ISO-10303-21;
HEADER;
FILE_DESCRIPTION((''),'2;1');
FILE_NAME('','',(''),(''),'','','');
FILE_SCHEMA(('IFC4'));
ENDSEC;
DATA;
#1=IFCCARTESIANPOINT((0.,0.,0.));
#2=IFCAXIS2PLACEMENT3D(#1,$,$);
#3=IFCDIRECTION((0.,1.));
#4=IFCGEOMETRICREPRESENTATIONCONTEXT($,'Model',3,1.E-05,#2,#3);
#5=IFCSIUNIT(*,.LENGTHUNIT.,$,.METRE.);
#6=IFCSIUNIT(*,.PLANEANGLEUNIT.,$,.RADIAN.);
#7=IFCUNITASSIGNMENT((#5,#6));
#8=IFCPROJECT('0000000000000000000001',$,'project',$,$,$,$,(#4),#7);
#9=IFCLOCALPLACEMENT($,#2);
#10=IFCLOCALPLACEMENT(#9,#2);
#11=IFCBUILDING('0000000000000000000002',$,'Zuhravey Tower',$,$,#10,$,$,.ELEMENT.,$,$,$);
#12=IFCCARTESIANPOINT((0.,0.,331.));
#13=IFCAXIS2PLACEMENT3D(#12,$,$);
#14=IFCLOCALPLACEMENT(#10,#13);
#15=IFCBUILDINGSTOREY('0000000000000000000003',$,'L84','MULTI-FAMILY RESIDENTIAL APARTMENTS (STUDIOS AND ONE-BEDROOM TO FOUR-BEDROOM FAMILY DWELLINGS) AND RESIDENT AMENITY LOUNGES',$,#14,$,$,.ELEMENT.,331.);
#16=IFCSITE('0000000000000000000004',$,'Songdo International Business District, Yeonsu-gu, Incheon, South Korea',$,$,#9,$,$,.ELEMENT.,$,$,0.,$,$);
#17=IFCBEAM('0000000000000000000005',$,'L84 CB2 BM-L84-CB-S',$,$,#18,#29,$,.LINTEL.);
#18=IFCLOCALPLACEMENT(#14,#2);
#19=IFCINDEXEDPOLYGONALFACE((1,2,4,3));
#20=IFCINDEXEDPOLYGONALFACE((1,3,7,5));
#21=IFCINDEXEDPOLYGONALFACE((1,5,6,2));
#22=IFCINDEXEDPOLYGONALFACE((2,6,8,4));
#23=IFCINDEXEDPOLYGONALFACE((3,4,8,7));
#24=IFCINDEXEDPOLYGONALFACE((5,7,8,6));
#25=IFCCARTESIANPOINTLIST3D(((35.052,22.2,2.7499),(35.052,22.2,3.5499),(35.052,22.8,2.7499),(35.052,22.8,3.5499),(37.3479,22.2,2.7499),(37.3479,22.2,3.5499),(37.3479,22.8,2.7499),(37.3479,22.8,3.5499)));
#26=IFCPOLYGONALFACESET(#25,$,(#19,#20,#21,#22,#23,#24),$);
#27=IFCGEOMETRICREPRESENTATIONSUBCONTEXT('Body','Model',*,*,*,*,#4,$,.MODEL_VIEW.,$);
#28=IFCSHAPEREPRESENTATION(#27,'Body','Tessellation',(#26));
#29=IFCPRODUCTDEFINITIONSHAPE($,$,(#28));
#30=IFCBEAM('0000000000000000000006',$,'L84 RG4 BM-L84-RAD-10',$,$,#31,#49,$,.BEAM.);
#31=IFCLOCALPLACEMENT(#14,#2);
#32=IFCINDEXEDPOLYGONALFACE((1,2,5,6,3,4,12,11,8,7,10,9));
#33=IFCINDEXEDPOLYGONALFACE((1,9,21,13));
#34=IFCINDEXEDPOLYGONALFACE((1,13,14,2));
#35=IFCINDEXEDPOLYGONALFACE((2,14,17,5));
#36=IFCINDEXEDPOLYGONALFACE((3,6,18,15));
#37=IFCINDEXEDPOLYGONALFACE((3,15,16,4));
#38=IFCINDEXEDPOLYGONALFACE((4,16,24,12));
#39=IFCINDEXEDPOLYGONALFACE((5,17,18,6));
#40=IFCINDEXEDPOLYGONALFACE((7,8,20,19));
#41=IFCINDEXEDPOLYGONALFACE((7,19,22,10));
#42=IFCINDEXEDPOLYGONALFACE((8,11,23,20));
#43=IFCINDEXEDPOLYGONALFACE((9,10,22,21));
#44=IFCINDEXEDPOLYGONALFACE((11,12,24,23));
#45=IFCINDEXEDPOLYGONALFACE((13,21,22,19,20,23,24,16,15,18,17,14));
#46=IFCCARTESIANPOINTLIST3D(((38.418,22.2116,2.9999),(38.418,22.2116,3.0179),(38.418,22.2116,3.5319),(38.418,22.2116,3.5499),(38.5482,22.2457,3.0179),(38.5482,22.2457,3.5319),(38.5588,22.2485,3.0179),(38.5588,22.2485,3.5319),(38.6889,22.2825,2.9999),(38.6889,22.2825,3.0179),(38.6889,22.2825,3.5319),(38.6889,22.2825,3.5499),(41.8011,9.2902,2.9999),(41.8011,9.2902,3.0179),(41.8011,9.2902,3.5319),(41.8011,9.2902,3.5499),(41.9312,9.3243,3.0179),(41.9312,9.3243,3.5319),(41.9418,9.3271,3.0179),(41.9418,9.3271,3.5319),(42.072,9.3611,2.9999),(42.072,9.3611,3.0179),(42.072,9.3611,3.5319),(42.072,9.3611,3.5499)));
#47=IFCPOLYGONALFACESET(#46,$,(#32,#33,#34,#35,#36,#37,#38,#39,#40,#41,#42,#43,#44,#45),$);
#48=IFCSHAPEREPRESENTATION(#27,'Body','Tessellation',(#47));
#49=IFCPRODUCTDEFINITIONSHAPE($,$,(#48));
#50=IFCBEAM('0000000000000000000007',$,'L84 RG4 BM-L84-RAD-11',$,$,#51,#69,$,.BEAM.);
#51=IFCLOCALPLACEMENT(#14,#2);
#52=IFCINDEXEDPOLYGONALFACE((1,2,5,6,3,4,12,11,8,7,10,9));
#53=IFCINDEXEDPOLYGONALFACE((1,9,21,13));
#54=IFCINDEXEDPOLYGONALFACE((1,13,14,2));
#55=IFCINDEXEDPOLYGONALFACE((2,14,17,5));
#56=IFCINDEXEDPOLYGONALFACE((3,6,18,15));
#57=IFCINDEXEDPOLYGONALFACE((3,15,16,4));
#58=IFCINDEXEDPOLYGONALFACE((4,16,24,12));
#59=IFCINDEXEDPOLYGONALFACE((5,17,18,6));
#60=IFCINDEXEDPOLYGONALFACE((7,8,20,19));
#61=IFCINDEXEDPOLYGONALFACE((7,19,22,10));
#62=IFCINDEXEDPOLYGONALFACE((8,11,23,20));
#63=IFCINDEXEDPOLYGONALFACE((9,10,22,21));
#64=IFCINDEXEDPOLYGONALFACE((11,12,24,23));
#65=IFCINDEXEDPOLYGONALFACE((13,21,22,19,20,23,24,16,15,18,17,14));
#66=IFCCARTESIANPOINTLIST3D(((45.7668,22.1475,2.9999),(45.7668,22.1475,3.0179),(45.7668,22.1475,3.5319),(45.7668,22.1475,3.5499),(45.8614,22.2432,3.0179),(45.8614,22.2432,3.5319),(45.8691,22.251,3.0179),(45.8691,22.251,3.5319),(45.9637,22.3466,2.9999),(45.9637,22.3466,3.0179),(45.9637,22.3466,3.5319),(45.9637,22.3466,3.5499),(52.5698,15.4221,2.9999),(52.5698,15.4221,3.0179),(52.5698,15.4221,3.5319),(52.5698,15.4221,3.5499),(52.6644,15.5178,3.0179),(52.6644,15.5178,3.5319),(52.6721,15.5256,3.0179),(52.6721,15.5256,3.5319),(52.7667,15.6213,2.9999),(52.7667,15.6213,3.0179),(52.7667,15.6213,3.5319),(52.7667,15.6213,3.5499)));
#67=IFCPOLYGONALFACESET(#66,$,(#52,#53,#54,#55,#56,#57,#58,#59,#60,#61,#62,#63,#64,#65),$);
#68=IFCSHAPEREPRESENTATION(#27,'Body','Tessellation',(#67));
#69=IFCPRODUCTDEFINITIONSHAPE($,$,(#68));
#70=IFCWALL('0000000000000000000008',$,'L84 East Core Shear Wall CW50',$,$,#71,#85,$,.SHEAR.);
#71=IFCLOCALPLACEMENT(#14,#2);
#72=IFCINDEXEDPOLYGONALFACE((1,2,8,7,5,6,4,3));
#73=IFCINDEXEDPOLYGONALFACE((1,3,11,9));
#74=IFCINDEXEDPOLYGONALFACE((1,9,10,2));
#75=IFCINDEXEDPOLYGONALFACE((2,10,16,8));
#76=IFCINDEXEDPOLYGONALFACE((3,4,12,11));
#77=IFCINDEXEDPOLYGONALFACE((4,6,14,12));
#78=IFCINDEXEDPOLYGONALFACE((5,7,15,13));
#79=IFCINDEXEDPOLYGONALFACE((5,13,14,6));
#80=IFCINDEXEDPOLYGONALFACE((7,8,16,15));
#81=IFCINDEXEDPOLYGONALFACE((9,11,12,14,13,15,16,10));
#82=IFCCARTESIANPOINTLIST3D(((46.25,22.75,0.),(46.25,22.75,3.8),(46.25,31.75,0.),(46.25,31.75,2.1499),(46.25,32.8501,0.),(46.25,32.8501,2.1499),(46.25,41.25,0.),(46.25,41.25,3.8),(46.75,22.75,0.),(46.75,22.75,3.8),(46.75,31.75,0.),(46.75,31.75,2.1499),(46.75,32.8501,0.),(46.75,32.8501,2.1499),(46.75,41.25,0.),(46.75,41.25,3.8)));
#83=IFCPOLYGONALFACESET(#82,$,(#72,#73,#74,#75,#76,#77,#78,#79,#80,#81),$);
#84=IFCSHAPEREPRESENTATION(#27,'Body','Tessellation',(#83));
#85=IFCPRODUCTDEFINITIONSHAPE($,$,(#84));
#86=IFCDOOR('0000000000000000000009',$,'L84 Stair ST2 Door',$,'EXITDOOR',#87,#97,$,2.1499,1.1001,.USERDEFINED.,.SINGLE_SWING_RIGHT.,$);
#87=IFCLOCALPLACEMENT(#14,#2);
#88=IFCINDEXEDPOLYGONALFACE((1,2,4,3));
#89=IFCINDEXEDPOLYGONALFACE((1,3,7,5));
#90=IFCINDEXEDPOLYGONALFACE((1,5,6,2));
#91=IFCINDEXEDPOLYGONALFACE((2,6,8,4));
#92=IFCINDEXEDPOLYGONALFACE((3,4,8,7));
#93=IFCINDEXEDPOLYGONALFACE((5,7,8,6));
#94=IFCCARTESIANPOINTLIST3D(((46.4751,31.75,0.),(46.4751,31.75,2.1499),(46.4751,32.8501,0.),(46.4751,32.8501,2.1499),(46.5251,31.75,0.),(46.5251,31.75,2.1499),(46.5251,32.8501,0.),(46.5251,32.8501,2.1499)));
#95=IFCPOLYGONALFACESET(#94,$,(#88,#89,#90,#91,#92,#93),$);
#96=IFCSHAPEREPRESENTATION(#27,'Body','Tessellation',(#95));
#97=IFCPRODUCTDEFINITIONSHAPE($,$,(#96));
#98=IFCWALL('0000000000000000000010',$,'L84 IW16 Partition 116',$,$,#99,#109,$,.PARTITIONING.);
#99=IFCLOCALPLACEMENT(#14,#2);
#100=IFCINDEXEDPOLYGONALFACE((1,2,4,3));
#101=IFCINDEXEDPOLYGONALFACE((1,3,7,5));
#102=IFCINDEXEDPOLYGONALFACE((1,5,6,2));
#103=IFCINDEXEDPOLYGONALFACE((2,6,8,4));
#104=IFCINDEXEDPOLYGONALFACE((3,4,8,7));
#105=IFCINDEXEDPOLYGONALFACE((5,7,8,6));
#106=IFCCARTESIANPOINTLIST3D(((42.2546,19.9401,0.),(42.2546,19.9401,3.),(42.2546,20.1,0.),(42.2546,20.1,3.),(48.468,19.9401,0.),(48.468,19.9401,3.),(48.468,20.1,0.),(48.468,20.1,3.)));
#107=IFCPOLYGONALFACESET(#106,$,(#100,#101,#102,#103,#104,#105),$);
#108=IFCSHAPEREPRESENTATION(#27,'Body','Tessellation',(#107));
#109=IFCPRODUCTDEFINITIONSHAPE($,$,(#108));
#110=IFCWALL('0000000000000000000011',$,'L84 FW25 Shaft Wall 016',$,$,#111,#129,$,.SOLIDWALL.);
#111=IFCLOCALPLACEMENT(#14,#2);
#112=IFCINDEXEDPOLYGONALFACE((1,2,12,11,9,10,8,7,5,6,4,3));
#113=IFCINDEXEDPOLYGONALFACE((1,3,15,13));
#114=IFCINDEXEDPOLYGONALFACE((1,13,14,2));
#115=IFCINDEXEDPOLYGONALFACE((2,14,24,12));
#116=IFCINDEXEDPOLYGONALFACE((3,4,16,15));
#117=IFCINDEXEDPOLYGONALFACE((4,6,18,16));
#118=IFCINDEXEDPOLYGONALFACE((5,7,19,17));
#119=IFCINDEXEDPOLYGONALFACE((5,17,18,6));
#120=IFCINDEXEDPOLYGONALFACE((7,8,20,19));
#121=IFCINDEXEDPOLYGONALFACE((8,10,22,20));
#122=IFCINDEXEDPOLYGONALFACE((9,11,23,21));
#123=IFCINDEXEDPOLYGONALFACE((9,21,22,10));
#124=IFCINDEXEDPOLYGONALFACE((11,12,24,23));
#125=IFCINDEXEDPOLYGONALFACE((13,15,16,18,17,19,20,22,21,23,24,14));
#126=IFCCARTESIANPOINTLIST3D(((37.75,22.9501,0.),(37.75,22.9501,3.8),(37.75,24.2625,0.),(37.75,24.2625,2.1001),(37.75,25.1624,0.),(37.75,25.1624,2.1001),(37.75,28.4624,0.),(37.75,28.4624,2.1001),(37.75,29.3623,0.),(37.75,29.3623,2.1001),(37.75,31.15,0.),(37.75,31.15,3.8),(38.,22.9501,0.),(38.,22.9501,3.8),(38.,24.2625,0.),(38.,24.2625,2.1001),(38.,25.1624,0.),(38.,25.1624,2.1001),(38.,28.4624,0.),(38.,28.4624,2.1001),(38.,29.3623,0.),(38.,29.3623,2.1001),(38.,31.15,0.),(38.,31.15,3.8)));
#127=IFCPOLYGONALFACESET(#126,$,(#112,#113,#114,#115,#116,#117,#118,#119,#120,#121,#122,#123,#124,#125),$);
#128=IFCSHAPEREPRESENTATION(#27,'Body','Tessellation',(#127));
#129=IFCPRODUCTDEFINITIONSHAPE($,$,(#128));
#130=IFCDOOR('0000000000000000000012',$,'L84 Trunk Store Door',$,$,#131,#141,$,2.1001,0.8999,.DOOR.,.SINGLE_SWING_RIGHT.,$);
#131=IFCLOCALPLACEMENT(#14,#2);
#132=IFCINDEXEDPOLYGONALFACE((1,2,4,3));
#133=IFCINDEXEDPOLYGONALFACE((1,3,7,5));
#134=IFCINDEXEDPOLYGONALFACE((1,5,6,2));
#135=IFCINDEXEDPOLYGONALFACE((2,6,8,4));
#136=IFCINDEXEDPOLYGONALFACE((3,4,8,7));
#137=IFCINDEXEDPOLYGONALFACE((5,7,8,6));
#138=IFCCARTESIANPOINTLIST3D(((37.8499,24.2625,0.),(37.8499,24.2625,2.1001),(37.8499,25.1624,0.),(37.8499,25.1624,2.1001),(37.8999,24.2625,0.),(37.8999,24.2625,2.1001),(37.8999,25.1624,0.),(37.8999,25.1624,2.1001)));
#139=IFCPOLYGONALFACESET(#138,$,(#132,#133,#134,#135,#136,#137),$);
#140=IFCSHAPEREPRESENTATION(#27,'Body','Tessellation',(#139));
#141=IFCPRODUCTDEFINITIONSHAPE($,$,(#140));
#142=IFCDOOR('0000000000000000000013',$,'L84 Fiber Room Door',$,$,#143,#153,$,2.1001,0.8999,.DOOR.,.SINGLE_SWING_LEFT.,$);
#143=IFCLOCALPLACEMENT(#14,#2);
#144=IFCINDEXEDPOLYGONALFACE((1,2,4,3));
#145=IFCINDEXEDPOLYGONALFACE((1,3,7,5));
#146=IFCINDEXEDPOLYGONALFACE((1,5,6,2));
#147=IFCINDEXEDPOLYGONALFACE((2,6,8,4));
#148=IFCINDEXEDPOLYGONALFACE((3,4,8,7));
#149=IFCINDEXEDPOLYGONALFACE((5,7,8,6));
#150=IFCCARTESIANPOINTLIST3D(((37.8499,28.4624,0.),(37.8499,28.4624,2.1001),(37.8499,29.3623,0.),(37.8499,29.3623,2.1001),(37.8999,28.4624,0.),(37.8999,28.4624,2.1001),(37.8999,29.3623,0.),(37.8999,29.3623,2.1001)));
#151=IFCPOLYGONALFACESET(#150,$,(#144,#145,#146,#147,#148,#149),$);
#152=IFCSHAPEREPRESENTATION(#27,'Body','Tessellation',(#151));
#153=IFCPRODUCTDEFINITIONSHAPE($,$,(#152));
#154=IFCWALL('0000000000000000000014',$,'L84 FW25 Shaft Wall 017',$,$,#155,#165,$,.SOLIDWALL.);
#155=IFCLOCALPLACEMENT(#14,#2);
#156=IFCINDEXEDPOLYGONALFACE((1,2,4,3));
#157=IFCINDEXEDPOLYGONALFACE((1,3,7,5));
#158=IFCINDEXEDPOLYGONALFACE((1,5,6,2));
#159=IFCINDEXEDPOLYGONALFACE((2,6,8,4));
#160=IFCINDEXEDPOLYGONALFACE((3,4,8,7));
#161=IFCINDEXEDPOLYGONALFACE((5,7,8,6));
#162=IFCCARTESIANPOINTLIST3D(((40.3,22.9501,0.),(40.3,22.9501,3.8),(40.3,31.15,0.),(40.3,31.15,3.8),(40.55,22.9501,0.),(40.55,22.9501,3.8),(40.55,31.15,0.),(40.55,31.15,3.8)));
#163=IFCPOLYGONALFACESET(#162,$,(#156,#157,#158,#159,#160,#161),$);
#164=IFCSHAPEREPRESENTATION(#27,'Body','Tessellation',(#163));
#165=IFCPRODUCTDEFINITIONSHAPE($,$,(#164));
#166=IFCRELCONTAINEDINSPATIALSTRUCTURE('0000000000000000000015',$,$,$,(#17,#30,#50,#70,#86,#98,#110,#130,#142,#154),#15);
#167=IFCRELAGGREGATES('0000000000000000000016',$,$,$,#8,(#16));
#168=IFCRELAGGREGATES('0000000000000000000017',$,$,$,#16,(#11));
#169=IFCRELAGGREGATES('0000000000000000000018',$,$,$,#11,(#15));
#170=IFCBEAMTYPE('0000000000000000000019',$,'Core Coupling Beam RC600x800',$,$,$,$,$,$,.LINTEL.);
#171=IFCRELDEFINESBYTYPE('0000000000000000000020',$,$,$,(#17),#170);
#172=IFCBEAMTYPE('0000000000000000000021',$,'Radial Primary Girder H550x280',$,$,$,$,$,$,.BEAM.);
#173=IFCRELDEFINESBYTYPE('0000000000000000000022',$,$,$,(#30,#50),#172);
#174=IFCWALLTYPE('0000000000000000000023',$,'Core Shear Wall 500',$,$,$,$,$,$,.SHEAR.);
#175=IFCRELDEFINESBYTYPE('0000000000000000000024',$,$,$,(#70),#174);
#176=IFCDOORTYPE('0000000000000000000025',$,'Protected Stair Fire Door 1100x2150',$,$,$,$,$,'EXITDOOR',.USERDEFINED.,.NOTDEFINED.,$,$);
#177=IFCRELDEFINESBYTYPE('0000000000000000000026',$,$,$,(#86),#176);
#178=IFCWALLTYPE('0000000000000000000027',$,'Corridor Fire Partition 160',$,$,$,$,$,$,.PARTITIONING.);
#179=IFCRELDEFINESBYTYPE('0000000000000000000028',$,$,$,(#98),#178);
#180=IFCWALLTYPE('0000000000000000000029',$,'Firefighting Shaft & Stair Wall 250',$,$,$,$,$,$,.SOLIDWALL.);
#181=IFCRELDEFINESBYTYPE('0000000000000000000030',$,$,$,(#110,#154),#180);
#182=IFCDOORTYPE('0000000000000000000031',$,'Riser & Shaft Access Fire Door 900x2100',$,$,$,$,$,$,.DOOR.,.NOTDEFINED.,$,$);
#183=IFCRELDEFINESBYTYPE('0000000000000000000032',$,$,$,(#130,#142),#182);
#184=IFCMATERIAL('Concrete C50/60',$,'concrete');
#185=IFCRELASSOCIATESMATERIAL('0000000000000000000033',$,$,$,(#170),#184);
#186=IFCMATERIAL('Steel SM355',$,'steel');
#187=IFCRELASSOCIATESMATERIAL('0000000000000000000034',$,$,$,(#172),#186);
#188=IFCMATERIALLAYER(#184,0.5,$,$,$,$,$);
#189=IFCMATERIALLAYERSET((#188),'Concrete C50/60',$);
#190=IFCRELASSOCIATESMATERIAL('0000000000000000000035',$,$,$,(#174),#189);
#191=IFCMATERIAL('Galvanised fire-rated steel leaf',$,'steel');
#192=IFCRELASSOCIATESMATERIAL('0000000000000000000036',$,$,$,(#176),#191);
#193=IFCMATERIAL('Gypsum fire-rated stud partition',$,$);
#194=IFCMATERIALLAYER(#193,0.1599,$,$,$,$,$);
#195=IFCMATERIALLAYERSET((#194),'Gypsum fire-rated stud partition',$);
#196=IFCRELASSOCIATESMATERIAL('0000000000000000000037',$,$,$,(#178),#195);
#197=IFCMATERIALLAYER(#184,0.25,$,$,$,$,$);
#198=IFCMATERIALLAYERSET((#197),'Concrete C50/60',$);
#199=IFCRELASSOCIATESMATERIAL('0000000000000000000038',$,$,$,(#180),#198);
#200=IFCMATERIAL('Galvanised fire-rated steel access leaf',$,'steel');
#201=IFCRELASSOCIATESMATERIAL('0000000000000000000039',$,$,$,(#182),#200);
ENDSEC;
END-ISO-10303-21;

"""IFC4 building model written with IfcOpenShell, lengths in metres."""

from ifc_helpers import new_model, si_unit, direction, frame, frame_2d, origin, origin_2d, place, context, subcontext, project, spatial, rectangle, i_section, extrude, material, layer, layer_set, material_profile, profile_set, type_object, element, fill, save


model = new_model("IFC4")

# Units and contexts
model_context = context("Model", 3, precision=1e-05, world=origin(), true_north=direction((0.0, 1.0)))
body_context = subcontext(model_context, "Body", "Model", "MODEL_VIEW")
ifc_project = project(units=[si_unit("LENGTHUNIT", "METRE"), si_unit("PLANEANGLEUNIT", "RADIAN")], contexts=[model_context])

# Site, building, storey
site_placement = place(None, origin())
site = spatial("IfcSite", under=ifc_project, at=site_placement, Name="Songdo International Business District, Yeonsu-gu, Incheon, South Korea", CompositionType="ELEMENT", RefElevation=0.0)
building_placement = place(site_placement, origin())
building = spatial("IfcBuilding", under=site, at=building_placement, Name="Zuhravey Tower", CompositionType="ELEMENT")
storey_placement = place(building_placement, frame((0.0, 0.0, 331.0)))
storey = spatial("IfcBuildingStorey", under=building, at=storey_placement, Name="L84", Description="MULTI-FAMILY RESIDENTIAL APARTMENTS (STUDIOS AND ONE-BEDROOM TO FOUR-BEDROOM FAMILY DWELLINGS) AND RESIDENT AMENITY LOUNGES", CompositionType="ELEMENT", Elevation=331.0)

# Beams
ifc_material_1 = material(Name="Concrete C50/60", Category="concrete")
ifc_material_profile_1 = material_profile(ifc_material_1, rectangle(XDim=0.6001, YDim=0.8, at=origin_2d()), Name="RC-600x800")
ifc_profile_set_1 = profile_set([ifc_material_profile_1], Name="Concrete C50/60")
beam_type_1 = type_object("IfcBeamType", Name="Core Coupling Beam RC600x800", PredefinedType="LINTEL", material=ifc_profile_set_1)
beam_1_placement = place(storey_placement, frame((35.052, 22.5, 3.1499), z_axis=(1.0, 0.0, 0.0), x_axis=(0.0, 1.0, 0.0)))
element("IfcBeam", 1, at=beam_1_placement, inside=storey, type_object=beam_type_1, Name="L84 CB2 BM-L84-CB-S", PredefinedType="LINTEL", context=body_context, shape_type="SweptSolid", body=[
    extrude(rectangle(XDim=0.6001, YDim=0.8, at=origin_2d()), origin(), (0.0, 0.0, 1.0), 2.2959),
])
ifc_material_2 = material(Name="Steel SM355", Category="steel")
ifc_material_profile_2 = material_profile(ifc_material_2, i_section(OverallWidth=0.28, OverallDepth=0.55, WebThickness=0.011, FlangeThickness=0.0181, at=origin_2d()), Name="H-550x280x11x18")
ifc_profile_set_2 = profile_set([ifc_material_profile_2], Name="Steel SM355")
beam_type_2 = type_object("IfcBeamType", Name="Radial Primary Girder H550x280", PredefinedType="BEAM", material=ifc_profile_set_2)
beam_2_placement = place(storey_placement, frame((38.5535, 22.2471, 3.2749), z_axis=(0.253281, -0.967393, 0.0), x_axis=(0.967393, 0.253281, 0.0)))
element("IfcBeam", 2, at=beam_2_placement, inside=storey, type_object=beam_type_2, Name="L84 RG4 BM-L84-RAD-10", PredefinedType="BEAM", context=body_context, shape_type="SweptSolid", body=[
    extrude(i_section(OverallWidth=0.28, OverallDepth=0.55, WebThickness=0.011, FlangeThickness=0.0181, at=origin_2d()), origin(), (0.0, 0.0, 1.0), 13.3569),
])
beam_3_placement = place(storey_placement, frame((45.8652, 22.2471, 3.2749), z_axis=(0.711153, -0.703037, 0.0), x_axis=(0.703037, 0.711153, 0.0)))
element("IfcBeam", 3, at=beam_3_placement, inside=storey, type_object=beam_type_2, Name="L84 RG4 BM-L84-RAD-11", PredefinedType="BEAM", context=body_context, shape_type="SweptSolid", body=[
    extrude(i_section(OverallWidth=0.28, OverallDepth=0.55, WebThickness=0.011, FlangeThickness=0.0181, at=origin_2d()), origin(), (0.0, 0.0, 1.0), 9.5662),
])

# Wall, opening, door
ifc_layer_1 = layer(ifc_material_1, 0.5)
ifc_layer_set_1 = layer_set([ifc_layer_1], Name="Concrete C50/60")
wall_type_1 = type_object("IfcWallType", Name="Core Shear Wall 500", PredefinedType="SHEAR", material=ifc_layer_set_1)
ifc_material_3 = material(Name="Galvanised fire-rated steel leaf", Category="steel")
wall_1_placement = place(storey_placement, frame((46.5, 22.75, 0.0), z_axis=(0.0, 0.0, 1.0), x_axis=(0.0, 1.0, 0.0)))
wall_1 = element("IfcWall", 4, at=wall_1_placement, inside=storey, type_object=wall_type_1, Name="L84 East Core Shear Wall CW50", PredefinedType="SHEAR", context=body_context, shape_type="SweptSolid", body=[
    extrude(rectangle(XDim=18.5, YDim=0.5, at=frame_2d((9.25, 0.0))), origin(), (0.0, 0.0, 1.0), 3.8),
])
opening_1_placement = place(wall_1_placement, frame((9.0, 0.0, 0.0)))
opening_1 = element("IfcOpeningElement", 5, at=opening_1_placement, cuts=wall_1, PredefinedType="OPENING", context=body_context, shape_type="SweptSolid", body=[
    extrude(rectangle(XDim=1.1001, YDim=2.1499, at=frame_2d((0.55, 1.075))), frame((0.0, 0.262, 0.0), z_axis=(0.0, -1.0, 0.0), x_axis=(1.0, 0.0, 0.0)), (0.0, 0.0, 1.0), 0.5239),
])
door_type_1 = type_object("IfcDoorType", Name="Protected Stair Fire Door 1100x2150", ElementType="EXITDOOR", OperationType="NOTDEFINED", PredefinedType="USERDEFINED", material=ifc_material_3)
door_1_placement = place(opening_1_placement, origin())
door_1 = element("IfcDoor", 6, at=door_1_placement, inside=storey, type_object=door_type_1, Name="L84 Stair ST2 Door", ObjectType="EXITDOOR", OperationType="SINGLE_SWING_RIGHT", OverallHeight=2.1499, OverallWidth=1.1001, PredefinedType="USERDEFINED", context=body_context, shape_type="SweptSolid", body=[
    extrude(rectangle(XDim=1.1001, YDim=2.1499, at=frame_2d((0.55, 1.075))), frame((0.0, 0.0249, 0.0), z_axis=(0.0, -1.0, 0.0), x_axis=(1.0, 0.0, 0.0)), (0.0, 0.0, 1.0), 0.05),
])
fill(opening_1, door_1)
ifc_material_4 = material(Name="Gypsum fire-rated stud partition")
ifc_layer_2 = layer(ifc_material_4, 0.1599)
ifc_layer_set_2 = layer_set([ifc_layer_2], Name="Gypsum fire-rated stud partition")
wall_type_2 = type_object("IfcWallType", Name="Corridor Fire Partition 160", PredefinedType="PARTITIONING", material=ifc_layer_set_2)

# Wall
wall_2_placement = place(storey_placement, frame((42.2546, 20.02, 0.0), z_axis=(0.0, 0.0, 1.0), x_axis=(1.0, 0.0, 0.0)))
element("IfcWall", 7, at=wall_2_placement, inside=storey, type_object=wall_type_2, Name="L84 IW16 Partition 116", PredefinedType="PARTITIONING", context=body_context, shape_type="SweptSolid", body=[
    extrude(rectangle(XDim=6.2134, YDim=0.1599, at=frame_2d((3.1067, 0.0))), origin(), (0.0, 0.0, 1.0), 3.0),
])

# Shared definitions
ifc_layer_3 = layer(ifc_material_1, 0.25)
ifc_layer_set_3 = layer_set([ifc_layer_3], Name="Concrete C50/60")
wall_type_3 = type_object("IfcWallType", Name="Firefighting Shaft & Stair Wall 250", PredefinedType="SOLIDWALL", material=ifc_layer_set_3)

# Wall, openings, doors
wall_3_placement = place(storey_placement, frame((37.875, 22.95, 0.0), z_axis=(0.0, 0.0, 1.0), x_axis=(0.0, 1.0, 0.0)))
wall_3 = element("IfcWall", 8, at=wall_3_placement, inside=storey, type_object=wall_type_3, Name="L84 FW25 Shaft Wall 016", PredefinedType="SOLIDWALL", context=body_context, shape_type="SweptSolid", body=[
    extrude(rectangle(XDim=8.2, YDim=0.25, at=frame_2d((4.1001, 0.0))), origin(), (0.0, 0.0, 1.0), 3.8),
])
opening_2_placement = place(wall_3_placement, frame((1.3125, 0.0, 0.0)))
opening_2 = element("IfcOpeningElement", 9, at=opening_2_placement, cuts=wall_3, PredefinedType="OPENING", context=body_context, shape_type="SweptSolid", body=[
    extrude(rectangle(XDim=0.8999, YDim=2.1001, at=frame_2d((0.45, 1.05))), frame((0.0, 0.137, 0.0), z_axis=(0.0, -1.0, 0.0), x_axis=(1.0, 0.0, 0.0)), (0.0, 0.0, 1.0), 0.2739),
])
opening_3_placement = place(wall_3_placement, frame((5.5125, 0.0, 0.0)))
opening_3 = element("IfcOpeningElement", 10, at=opening_3_placement, cuts=wall_3, PredefinedType="OPENING", context=body_context, shape_type="SweptSolid", body=[
    extrude(rectangle(XDim=0.8999, YDim=2.1001, at=frame_2d((0.45, 1.05))), frame((0.0, 0.137, 0.0), z_axis=(0.0, -1.0, 0.0), x_axis=(1.0, 0.0, 0.0)), (0.0, 0.0, 1.0), 0.2739),
])
ifc_material_5 = material(Name="Galvanised fire-rated steel access leaf", Category="steel")
door_type_2 = type_object("IfcDoorType", Name="Riser & Shaft Access Fire Door 900x2100", OperationType="NOTDEFINED", PredefinedType="DOOR", material=ifc_material_5)
door_2_placement = place(opening_2_placement, frame((0.8999, 0.0, 0.0), z_axis=(0.0, 0.0, 1.0), x_axis=(-1.0, 0.0, 0.0)))
door_2 = element("IfcDoor", 11, at=door_2_placement, inside=storey, type_object=door_type_2, Name="L84 Trunk Store Door", OperationType="SINGLE_SWING_RIGHT", OverallHeight=2.1001, OverallWidth=0.8999, PredefinedType="DOOR", context=body_context, shape_type="SweptSolid", body=[
    extrude(rectangle(XDim=0.8999, YDim=2.1001, at=frame_2d((0.45, 1.05))), frame((0.0, 0.0249, 0.0), z_axis=(0.0, -1.0, 0.0), x_axis=(1.0, 0.0, 0.0)), (0.0, 0.0, 1.0), 0.05),
])
fill(opening_2, door_2)
door_3_placement = place(opening_3_placement, frame((0.8999, 0.0, 0.0), z_axis=(0.0, 0.0, 1.0), x_axis=(-1.0, 0.0, 0.0)))
door_3 = element("IfcDoor", 12, at=door_3_placement, inside=storey, type_object=door_type_2, Name="L84 Fiber Room Door", OperationType="SINGLE_SWING_LEFT", OverallHeight=2.1001, OverallWidth=0.8999, PredefinedType="DOOR", context=body_context, shape_type="SweptSolid", body=[
    extrude(rectangle(XDim=0.8999, YDim=2.1001, at=frame_2d((0.45, 1.05))), frame((0.0, 0.0249, 0.0), z_axis=(0.0, -1.0, 0.0), x_axis=(1.0, 0.0, 0.0)), (0.0, 0.0, 1.0), 0.05),
])
fill(opening_3, door_3)

# Wall
wall_4_placement = place(storey_placement, frame((40.425, 22.95, 0.0), z_axis=(0.0, 0.0, 1.0), x_axis=(0.0, 1.0, 0.0)))
element("IfcWall", 13, at=wall_4_placement, inside=storey, type_object=wall_type_3, Name="L84 FW25 Shaft Wall 017", PredefinedType="SOLIDWALL", context=body_context, shape_type="SweptSolid", body=[
    extrude(rectangle(XDim=8.2, YDim=0.25, at=frame_2d((4.1001, 0.0))), origin(), (0.0, 0.0, 1.0), 3.8),
])

save(model, "model.ifc")
